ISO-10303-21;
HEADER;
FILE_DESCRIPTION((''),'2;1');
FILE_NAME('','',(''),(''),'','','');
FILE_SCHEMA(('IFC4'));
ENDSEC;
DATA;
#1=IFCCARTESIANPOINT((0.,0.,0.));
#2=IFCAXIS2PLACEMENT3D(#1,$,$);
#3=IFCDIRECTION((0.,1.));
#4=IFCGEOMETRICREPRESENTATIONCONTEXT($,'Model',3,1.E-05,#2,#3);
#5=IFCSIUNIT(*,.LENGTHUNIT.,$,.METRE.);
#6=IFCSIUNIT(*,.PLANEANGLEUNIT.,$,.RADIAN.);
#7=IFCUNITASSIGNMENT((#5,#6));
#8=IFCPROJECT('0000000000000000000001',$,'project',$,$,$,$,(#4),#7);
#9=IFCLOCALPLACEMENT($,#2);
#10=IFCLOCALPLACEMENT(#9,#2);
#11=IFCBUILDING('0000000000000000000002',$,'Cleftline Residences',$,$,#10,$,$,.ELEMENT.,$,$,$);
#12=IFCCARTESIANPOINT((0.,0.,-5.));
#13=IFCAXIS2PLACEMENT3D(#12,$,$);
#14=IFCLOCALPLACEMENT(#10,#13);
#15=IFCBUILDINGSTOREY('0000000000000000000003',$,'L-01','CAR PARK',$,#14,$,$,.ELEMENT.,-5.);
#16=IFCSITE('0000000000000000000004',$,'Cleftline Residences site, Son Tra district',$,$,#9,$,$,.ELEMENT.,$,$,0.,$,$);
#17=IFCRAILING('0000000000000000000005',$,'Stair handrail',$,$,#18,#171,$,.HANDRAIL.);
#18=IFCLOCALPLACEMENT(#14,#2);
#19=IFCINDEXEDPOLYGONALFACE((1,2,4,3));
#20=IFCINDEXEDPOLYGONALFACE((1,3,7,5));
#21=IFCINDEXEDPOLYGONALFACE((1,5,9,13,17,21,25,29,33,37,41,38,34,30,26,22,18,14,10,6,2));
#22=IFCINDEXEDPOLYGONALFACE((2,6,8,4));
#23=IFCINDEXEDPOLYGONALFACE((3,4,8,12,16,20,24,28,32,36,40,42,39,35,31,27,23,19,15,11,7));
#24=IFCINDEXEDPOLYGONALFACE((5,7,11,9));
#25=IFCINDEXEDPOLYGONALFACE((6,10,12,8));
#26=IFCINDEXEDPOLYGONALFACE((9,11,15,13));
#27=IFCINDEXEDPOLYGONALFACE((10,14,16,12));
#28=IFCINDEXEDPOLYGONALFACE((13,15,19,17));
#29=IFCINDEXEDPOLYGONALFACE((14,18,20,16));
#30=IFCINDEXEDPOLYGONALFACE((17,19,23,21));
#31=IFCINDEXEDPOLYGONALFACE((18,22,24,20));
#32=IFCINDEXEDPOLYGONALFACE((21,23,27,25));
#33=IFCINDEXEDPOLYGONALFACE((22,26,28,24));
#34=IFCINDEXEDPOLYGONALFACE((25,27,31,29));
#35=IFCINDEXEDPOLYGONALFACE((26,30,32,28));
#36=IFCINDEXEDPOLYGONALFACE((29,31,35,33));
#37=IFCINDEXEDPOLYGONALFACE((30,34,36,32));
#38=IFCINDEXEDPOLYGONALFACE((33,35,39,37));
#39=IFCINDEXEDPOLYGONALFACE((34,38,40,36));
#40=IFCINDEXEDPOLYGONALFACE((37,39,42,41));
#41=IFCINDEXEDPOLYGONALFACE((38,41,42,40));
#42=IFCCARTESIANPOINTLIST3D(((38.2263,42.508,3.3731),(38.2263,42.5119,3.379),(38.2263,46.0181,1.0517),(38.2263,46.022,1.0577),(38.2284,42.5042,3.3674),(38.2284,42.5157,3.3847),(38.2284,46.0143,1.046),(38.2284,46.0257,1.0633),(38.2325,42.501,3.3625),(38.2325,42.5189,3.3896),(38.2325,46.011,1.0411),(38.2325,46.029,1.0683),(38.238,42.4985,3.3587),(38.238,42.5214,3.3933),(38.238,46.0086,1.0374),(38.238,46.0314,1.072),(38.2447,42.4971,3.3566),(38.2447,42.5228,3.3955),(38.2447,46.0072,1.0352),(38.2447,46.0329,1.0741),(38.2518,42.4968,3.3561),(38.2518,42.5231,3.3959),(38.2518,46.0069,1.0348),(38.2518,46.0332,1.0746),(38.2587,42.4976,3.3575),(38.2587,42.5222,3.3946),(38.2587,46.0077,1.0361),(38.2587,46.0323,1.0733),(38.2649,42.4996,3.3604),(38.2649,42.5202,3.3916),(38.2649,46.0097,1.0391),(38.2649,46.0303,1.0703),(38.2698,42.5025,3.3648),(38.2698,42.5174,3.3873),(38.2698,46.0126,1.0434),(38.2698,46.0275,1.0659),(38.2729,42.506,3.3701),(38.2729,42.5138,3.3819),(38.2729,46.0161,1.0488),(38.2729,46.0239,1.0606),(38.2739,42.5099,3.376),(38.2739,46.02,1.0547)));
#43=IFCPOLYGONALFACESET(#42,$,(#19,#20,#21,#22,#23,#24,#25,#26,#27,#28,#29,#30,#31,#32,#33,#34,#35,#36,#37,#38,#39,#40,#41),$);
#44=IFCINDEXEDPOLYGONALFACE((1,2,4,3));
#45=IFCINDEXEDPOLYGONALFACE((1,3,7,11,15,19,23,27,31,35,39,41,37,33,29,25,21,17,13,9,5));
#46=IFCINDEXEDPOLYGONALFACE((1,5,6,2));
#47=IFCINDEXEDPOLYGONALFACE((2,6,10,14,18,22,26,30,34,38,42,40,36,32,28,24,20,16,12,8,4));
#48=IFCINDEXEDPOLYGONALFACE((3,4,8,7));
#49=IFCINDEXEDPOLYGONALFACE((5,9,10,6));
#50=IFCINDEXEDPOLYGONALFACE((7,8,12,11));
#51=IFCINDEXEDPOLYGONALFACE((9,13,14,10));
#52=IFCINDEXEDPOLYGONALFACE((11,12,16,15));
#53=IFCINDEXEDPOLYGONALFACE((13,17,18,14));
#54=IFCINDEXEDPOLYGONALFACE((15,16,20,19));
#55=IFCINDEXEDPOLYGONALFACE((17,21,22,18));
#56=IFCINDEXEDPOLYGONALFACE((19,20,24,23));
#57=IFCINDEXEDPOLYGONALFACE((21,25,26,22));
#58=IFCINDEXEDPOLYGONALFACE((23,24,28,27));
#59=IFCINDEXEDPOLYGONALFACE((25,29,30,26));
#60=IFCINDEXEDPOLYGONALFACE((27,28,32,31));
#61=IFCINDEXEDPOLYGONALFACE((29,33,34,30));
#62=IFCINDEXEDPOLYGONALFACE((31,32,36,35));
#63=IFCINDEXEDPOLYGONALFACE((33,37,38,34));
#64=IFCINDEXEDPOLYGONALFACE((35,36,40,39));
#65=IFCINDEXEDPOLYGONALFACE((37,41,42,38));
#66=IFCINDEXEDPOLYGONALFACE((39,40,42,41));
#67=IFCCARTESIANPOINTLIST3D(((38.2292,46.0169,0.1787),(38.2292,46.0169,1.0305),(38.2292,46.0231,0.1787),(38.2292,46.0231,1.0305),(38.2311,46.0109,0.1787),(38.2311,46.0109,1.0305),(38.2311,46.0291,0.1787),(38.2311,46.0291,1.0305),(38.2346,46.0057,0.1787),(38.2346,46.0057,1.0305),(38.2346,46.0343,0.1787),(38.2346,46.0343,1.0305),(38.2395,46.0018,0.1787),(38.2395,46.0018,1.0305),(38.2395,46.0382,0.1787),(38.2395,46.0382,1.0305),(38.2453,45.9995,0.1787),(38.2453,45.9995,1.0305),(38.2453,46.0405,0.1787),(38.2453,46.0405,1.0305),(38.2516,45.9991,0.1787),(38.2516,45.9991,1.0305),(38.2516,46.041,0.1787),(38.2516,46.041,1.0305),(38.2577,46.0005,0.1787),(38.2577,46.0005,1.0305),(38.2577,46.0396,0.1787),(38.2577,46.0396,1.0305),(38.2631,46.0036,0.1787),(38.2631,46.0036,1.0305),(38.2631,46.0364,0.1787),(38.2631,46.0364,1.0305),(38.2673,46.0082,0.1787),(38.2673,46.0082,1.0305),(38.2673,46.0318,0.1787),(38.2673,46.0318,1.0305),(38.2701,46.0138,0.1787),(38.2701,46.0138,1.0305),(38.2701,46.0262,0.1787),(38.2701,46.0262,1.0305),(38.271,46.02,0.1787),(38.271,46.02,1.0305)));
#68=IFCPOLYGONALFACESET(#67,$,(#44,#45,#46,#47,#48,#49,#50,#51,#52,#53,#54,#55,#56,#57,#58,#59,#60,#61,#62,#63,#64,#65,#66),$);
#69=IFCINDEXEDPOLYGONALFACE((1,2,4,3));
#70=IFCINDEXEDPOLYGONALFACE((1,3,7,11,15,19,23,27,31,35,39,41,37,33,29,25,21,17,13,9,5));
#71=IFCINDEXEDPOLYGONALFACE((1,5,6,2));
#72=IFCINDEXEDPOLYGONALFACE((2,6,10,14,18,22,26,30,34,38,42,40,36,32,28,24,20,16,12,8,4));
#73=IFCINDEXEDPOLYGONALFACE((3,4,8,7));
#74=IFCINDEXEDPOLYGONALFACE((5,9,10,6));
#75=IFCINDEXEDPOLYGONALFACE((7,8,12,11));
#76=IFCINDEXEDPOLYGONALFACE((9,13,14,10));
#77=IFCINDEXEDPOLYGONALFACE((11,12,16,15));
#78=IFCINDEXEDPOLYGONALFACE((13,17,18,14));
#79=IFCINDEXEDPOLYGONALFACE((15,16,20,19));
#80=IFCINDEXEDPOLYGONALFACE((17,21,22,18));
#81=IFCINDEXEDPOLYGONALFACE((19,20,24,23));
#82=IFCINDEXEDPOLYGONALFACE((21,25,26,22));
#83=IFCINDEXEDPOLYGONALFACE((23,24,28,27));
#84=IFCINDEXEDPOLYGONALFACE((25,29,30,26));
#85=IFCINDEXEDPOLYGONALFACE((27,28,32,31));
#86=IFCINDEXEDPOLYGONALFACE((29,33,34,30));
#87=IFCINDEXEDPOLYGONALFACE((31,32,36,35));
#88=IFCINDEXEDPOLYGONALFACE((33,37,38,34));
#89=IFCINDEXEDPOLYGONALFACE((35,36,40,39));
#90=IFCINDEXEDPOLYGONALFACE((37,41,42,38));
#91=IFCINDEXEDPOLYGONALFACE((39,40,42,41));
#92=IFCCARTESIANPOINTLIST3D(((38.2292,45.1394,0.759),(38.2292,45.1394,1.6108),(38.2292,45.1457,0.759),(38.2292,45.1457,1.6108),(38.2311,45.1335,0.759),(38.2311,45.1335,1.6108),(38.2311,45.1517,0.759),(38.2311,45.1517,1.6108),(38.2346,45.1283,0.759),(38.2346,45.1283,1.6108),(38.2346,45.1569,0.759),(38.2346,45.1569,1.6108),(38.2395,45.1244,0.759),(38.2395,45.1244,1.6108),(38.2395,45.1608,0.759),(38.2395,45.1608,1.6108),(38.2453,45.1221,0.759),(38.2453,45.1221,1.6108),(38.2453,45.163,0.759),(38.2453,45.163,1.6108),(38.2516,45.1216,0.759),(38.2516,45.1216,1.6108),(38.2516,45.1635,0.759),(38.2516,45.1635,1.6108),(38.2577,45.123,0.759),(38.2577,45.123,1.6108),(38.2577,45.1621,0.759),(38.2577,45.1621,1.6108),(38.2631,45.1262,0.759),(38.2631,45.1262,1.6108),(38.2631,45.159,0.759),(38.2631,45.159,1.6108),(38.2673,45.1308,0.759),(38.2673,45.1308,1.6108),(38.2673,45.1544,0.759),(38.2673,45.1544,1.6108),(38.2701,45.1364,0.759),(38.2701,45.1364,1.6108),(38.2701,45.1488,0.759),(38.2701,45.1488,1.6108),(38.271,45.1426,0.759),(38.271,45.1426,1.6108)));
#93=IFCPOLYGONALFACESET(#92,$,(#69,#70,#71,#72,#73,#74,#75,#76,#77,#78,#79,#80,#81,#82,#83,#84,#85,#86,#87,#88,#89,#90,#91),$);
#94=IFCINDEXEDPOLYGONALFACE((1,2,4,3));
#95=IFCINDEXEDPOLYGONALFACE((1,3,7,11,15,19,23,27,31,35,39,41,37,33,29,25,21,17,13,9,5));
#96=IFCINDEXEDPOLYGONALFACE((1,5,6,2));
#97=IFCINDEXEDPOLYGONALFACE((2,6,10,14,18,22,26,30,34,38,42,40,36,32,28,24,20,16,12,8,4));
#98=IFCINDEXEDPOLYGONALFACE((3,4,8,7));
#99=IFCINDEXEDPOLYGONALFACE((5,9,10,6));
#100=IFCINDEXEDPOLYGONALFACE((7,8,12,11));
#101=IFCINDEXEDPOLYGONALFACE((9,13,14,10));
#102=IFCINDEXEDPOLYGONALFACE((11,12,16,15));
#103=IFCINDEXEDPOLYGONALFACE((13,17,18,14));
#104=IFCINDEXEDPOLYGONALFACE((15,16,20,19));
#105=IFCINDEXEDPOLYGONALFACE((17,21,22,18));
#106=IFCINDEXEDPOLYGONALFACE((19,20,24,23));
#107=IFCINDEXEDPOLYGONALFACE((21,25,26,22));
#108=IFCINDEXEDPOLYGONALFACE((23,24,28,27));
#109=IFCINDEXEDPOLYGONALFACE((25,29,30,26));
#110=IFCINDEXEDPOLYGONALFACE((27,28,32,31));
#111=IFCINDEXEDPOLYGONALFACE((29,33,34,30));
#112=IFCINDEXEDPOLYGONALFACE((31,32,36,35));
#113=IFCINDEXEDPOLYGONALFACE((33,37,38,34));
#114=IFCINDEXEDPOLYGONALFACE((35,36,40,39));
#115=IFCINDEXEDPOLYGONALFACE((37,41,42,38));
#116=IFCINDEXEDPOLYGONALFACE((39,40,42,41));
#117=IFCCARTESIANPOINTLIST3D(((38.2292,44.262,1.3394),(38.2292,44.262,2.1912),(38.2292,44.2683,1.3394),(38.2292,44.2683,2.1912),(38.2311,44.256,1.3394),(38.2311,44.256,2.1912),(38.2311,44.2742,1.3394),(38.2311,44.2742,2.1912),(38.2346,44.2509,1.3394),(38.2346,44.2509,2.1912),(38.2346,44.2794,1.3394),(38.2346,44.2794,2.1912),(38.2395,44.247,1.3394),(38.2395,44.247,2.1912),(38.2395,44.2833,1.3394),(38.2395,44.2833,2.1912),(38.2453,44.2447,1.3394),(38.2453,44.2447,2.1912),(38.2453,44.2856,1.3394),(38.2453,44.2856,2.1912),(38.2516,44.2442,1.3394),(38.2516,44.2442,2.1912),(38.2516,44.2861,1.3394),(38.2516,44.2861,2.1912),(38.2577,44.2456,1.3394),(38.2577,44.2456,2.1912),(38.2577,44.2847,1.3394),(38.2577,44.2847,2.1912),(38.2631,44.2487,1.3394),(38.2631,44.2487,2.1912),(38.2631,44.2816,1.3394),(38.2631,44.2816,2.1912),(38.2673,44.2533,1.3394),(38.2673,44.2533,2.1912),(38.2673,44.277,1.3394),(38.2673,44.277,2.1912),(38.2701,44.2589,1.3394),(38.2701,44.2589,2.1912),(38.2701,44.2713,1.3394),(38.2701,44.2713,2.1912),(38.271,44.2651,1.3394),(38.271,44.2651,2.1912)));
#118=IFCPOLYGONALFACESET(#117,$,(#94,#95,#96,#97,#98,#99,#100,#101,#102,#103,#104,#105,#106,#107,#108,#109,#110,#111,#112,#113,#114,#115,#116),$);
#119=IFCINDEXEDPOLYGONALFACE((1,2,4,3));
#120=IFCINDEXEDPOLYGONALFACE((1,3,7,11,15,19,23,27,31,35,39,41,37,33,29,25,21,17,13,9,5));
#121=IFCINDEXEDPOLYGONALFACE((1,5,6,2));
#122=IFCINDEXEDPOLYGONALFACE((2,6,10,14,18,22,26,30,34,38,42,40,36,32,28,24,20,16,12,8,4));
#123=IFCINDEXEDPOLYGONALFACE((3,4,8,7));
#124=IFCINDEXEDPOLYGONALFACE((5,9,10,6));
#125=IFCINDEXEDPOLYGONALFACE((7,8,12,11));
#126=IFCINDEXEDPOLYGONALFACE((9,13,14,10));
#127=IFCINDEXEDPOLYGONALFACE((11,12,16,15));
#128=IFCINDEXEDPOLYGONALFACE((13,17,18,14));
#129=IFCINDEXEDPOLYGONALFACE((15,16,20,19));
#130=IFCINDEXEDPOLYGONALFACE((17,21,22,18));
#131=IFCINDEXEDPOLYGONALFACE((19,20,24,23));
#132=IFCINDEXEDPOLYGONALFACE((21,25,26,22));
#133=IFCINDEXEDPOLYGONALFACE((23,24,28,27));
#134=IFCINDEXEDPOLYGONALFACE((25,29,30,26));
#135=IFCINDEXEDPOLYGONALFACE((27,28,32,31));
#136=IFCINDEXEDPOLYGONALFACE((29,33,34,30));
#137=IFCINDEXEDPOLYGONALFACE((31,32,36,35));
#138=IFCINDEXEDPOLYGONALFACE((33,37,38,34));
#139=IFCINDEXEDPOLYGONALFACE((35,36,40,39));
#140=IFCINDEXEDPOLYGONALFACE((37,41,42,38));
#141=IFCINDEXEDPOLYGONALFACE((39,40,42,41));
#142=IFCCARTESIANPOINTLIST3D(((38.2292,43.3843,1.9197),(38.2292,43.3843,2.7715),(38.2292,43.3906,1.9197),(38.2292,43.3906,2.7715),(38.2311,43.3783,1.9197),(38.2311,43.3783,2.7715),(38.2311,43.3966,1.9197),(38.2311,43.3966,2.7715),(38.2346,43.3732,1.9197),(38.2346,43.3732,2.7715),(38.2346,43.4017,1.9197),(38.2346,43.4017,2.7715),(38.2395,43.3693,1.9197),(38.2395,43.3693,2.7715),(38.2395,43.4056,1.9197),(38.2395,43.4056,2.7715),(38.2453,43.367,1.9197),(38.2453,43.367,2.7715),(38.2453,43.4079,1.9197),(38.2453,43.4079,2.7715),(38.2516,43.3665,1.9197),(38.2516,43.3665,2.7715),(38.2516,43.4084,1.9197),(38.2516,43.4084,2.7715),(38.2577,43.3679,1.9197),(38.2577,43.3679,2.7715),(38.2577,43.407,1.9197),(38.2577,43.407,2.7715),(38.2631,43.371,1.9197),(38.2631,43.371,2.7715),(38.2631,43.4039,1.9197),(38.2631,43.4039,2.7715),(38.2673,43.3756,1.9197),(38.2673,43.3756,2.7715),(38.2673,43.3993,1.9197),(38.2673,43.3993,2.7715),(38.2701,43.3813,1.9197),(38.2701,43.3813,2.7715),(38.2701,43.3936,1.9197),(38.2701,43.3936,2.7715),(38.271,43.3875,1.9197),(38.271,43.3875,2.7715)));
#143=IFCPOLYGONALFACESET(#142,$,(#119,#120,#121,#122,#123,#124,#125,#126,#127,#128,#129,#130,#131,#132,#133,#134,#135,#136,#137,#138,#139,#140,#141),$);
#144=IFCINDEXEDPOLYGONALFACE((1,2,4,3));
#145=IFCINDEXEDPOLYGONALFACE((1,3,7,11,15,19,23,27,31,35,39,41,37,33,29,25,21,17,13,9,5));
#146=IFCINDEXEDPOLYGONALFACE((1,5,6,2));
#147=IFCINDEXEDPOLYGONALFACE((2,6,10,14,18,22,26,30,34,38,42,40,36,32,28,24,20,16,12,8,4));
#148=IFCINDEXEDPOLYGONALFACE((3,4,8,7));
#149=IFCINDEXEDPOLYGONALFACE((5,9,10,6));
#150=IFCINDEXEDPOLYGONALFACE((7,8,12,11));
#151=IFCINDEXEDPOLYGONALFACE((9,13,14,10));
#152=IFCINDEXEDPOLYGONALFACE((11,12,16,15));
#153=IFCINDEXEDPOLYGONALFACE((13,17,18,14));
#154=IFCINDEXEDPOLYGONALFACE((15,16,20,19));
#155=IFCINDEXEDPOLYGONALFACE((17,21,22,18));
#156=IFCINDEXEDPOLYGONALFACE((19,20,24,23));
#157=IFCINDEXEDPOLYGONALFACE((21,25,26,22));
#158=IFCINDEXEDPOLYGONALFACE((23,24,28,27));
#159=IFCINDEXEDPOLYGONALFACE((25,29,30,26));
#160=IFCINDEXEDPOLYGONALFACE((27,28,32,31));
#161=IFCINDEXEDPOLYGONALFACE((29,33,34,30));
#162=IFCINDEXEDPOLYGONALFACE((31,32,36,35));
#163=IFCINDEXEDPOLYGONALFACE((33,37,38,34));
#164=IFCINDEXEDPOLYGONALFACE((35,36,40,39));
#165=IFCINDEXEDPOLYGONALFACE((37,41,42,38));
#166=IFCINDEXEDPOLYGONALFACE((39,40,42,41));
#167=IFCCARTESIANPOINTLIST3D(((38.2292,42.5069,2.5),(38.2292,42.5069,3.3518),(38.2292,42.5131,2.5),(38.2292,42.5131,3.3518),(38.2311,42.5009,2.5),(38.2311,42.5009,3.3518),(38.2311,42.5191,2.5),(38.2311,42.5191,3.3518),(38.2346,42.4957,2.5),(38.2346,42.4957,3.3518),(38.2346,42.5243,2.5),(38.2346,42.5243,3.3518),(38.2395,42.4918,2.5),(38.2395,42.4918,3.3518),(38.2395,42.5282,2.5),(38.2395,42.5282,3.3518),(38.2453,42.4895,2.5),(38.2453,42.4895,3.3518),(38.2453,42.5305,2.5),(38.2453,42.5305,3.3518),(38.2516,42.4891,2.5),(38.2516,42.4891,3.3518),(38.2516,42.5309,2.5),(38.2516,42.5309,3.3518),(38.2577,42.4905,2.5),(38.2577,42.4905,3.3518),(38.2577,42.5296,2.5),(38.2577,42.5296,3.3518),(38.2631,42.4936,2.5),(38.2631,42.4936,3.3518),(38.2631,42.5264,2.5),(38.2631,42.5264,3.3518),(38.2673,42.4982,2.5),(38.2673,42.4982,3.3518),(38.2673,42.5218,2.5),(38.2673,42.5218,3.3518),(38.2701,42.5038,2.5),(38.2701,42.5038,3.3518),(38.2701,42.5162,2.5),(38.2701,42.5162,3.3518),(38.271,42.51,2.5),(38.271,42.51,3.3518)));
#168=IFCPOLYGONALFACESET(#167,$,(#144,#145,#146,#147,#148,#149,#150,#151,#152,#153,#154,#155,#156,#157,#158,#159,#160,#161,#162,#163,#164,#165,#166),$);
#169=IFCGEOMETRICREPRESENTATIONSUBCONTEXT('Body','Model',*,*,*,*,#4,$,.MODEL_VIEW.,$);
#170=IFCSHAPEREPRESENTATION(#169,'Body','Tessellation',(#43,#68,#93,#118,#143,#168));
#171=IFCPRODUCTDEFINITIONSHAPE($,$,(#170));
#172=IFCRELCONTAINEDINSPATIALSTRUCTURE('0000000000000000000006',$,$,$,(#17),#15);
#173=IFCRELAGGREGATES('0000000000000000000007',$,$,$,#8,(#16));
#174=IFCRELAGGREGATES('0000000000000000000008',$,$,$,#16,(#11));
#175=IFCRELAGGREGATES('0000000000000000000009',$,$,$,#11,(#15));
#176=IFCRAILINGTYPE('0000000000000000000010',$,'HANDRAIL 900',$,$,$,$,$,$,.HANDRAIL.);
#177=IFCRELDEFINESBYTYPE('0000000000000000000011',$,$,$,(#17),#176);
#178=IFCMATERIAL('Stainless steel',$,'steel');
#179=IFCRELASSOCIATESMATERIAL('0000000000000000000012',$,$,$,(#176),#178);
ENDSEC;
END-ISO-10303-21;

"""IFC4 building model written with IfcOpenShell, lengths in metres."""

from ifc_helpers import new_model, si_unit, direction, frame, origin, origin_2d, place, context, subcontext, project, spatial, circle, extrude, material, type_object, element, save


model = new_model("IFC4")

# Units and contexts
model_context = context("Model", 3, precision=1e-05, world=origin(), true_north=direction((0.0, 1.0)))
body_context = subcontext(model_context, "Body", "Model", "MODEL_VIEW")
ifc_project = project(units=[si_unit("LENGTHUNIT", "METRE"), si_unit("PLANEANGLEUNIT", "RADIAN")], contexts=[model_context])

# Site, building, storey
site_placement = place(None, origin())
site = spatial("IfcSite", under=ifc_project, at=site_placement, Name="Cleftline Residences site, Son Tra district", CompositionType="ELEMENT", RefElevation=0.0)
building_placement = place(site_placement, origin())
building = spatial("IfcBuilding", under=site, at=building_placement, Name="Cleftline Residences", CompositionType="ELEMENT")
storey_placement = place(building_placement, frame((0.0, 0.0, -5.0)))
storey = spatial("IfcBuildingStorey", under=building, at=storey_placement, Name="L-01", Description="CAR PARK", CompositionType="ELEMENT", Elevation=-5.0)

# Railing
ifc_material_1 = material(Name="Stainless steel", Category="steel")
railing_type = type_object("IfcRailingType", Name="HANDRAIL 900", PredefinedType="HANDRAIL", material=ifc_material_1)
railing_1_placement = place(storey_placement, frame((38.25, 46.02, 0.1787)))
element("IfcRailing", 1, at=railing_1_placement, inside=storey, type_object=railing_type, Name="Stair handrail", PredefinedType="HANDRAIL", context=body_context, shape_type="SweptSolid", body=[
    extrude(circle(Radius=0.0239, at=origin_2d()), frame((0.0, 0.0, 0.876), z_axis=(0.0, -0.834097, 0.551617), x_axis=(1.0, 0.0, 0.0)), (0.0, 0.0, 1.0), 4.2083),
    extrude(circle(Radius=0.021, at=origin_2d()), origin(), (0.0, 0.0, 1.0), 0.8518),
    extrude(circle(Radius=0.021, at=origin_2d()), frame((0.0, -0.8774, 0.5803)), (0.0, 0.0, 1.0), 0.8518),
    extrude(circle(Radius=0.021, at=origin_2d()), frame((0.0, -1.7549, 1.1606)), (0.0, 0.0, 1.0), 0.8518),
    extrude(circle(Radius=0.021, at=origin_2d()), frame((0.0, -2.6326, 1.741)), (0.0, 0.0, 1.0), 0.8518),
    extrude(circle(Radius=0.021, at=origin_2d()), frame((0.0, -3.51, 2.3213)), (0.0, 0.0, 1.0), 0.8518),
])

save(model, "model.ifc")
